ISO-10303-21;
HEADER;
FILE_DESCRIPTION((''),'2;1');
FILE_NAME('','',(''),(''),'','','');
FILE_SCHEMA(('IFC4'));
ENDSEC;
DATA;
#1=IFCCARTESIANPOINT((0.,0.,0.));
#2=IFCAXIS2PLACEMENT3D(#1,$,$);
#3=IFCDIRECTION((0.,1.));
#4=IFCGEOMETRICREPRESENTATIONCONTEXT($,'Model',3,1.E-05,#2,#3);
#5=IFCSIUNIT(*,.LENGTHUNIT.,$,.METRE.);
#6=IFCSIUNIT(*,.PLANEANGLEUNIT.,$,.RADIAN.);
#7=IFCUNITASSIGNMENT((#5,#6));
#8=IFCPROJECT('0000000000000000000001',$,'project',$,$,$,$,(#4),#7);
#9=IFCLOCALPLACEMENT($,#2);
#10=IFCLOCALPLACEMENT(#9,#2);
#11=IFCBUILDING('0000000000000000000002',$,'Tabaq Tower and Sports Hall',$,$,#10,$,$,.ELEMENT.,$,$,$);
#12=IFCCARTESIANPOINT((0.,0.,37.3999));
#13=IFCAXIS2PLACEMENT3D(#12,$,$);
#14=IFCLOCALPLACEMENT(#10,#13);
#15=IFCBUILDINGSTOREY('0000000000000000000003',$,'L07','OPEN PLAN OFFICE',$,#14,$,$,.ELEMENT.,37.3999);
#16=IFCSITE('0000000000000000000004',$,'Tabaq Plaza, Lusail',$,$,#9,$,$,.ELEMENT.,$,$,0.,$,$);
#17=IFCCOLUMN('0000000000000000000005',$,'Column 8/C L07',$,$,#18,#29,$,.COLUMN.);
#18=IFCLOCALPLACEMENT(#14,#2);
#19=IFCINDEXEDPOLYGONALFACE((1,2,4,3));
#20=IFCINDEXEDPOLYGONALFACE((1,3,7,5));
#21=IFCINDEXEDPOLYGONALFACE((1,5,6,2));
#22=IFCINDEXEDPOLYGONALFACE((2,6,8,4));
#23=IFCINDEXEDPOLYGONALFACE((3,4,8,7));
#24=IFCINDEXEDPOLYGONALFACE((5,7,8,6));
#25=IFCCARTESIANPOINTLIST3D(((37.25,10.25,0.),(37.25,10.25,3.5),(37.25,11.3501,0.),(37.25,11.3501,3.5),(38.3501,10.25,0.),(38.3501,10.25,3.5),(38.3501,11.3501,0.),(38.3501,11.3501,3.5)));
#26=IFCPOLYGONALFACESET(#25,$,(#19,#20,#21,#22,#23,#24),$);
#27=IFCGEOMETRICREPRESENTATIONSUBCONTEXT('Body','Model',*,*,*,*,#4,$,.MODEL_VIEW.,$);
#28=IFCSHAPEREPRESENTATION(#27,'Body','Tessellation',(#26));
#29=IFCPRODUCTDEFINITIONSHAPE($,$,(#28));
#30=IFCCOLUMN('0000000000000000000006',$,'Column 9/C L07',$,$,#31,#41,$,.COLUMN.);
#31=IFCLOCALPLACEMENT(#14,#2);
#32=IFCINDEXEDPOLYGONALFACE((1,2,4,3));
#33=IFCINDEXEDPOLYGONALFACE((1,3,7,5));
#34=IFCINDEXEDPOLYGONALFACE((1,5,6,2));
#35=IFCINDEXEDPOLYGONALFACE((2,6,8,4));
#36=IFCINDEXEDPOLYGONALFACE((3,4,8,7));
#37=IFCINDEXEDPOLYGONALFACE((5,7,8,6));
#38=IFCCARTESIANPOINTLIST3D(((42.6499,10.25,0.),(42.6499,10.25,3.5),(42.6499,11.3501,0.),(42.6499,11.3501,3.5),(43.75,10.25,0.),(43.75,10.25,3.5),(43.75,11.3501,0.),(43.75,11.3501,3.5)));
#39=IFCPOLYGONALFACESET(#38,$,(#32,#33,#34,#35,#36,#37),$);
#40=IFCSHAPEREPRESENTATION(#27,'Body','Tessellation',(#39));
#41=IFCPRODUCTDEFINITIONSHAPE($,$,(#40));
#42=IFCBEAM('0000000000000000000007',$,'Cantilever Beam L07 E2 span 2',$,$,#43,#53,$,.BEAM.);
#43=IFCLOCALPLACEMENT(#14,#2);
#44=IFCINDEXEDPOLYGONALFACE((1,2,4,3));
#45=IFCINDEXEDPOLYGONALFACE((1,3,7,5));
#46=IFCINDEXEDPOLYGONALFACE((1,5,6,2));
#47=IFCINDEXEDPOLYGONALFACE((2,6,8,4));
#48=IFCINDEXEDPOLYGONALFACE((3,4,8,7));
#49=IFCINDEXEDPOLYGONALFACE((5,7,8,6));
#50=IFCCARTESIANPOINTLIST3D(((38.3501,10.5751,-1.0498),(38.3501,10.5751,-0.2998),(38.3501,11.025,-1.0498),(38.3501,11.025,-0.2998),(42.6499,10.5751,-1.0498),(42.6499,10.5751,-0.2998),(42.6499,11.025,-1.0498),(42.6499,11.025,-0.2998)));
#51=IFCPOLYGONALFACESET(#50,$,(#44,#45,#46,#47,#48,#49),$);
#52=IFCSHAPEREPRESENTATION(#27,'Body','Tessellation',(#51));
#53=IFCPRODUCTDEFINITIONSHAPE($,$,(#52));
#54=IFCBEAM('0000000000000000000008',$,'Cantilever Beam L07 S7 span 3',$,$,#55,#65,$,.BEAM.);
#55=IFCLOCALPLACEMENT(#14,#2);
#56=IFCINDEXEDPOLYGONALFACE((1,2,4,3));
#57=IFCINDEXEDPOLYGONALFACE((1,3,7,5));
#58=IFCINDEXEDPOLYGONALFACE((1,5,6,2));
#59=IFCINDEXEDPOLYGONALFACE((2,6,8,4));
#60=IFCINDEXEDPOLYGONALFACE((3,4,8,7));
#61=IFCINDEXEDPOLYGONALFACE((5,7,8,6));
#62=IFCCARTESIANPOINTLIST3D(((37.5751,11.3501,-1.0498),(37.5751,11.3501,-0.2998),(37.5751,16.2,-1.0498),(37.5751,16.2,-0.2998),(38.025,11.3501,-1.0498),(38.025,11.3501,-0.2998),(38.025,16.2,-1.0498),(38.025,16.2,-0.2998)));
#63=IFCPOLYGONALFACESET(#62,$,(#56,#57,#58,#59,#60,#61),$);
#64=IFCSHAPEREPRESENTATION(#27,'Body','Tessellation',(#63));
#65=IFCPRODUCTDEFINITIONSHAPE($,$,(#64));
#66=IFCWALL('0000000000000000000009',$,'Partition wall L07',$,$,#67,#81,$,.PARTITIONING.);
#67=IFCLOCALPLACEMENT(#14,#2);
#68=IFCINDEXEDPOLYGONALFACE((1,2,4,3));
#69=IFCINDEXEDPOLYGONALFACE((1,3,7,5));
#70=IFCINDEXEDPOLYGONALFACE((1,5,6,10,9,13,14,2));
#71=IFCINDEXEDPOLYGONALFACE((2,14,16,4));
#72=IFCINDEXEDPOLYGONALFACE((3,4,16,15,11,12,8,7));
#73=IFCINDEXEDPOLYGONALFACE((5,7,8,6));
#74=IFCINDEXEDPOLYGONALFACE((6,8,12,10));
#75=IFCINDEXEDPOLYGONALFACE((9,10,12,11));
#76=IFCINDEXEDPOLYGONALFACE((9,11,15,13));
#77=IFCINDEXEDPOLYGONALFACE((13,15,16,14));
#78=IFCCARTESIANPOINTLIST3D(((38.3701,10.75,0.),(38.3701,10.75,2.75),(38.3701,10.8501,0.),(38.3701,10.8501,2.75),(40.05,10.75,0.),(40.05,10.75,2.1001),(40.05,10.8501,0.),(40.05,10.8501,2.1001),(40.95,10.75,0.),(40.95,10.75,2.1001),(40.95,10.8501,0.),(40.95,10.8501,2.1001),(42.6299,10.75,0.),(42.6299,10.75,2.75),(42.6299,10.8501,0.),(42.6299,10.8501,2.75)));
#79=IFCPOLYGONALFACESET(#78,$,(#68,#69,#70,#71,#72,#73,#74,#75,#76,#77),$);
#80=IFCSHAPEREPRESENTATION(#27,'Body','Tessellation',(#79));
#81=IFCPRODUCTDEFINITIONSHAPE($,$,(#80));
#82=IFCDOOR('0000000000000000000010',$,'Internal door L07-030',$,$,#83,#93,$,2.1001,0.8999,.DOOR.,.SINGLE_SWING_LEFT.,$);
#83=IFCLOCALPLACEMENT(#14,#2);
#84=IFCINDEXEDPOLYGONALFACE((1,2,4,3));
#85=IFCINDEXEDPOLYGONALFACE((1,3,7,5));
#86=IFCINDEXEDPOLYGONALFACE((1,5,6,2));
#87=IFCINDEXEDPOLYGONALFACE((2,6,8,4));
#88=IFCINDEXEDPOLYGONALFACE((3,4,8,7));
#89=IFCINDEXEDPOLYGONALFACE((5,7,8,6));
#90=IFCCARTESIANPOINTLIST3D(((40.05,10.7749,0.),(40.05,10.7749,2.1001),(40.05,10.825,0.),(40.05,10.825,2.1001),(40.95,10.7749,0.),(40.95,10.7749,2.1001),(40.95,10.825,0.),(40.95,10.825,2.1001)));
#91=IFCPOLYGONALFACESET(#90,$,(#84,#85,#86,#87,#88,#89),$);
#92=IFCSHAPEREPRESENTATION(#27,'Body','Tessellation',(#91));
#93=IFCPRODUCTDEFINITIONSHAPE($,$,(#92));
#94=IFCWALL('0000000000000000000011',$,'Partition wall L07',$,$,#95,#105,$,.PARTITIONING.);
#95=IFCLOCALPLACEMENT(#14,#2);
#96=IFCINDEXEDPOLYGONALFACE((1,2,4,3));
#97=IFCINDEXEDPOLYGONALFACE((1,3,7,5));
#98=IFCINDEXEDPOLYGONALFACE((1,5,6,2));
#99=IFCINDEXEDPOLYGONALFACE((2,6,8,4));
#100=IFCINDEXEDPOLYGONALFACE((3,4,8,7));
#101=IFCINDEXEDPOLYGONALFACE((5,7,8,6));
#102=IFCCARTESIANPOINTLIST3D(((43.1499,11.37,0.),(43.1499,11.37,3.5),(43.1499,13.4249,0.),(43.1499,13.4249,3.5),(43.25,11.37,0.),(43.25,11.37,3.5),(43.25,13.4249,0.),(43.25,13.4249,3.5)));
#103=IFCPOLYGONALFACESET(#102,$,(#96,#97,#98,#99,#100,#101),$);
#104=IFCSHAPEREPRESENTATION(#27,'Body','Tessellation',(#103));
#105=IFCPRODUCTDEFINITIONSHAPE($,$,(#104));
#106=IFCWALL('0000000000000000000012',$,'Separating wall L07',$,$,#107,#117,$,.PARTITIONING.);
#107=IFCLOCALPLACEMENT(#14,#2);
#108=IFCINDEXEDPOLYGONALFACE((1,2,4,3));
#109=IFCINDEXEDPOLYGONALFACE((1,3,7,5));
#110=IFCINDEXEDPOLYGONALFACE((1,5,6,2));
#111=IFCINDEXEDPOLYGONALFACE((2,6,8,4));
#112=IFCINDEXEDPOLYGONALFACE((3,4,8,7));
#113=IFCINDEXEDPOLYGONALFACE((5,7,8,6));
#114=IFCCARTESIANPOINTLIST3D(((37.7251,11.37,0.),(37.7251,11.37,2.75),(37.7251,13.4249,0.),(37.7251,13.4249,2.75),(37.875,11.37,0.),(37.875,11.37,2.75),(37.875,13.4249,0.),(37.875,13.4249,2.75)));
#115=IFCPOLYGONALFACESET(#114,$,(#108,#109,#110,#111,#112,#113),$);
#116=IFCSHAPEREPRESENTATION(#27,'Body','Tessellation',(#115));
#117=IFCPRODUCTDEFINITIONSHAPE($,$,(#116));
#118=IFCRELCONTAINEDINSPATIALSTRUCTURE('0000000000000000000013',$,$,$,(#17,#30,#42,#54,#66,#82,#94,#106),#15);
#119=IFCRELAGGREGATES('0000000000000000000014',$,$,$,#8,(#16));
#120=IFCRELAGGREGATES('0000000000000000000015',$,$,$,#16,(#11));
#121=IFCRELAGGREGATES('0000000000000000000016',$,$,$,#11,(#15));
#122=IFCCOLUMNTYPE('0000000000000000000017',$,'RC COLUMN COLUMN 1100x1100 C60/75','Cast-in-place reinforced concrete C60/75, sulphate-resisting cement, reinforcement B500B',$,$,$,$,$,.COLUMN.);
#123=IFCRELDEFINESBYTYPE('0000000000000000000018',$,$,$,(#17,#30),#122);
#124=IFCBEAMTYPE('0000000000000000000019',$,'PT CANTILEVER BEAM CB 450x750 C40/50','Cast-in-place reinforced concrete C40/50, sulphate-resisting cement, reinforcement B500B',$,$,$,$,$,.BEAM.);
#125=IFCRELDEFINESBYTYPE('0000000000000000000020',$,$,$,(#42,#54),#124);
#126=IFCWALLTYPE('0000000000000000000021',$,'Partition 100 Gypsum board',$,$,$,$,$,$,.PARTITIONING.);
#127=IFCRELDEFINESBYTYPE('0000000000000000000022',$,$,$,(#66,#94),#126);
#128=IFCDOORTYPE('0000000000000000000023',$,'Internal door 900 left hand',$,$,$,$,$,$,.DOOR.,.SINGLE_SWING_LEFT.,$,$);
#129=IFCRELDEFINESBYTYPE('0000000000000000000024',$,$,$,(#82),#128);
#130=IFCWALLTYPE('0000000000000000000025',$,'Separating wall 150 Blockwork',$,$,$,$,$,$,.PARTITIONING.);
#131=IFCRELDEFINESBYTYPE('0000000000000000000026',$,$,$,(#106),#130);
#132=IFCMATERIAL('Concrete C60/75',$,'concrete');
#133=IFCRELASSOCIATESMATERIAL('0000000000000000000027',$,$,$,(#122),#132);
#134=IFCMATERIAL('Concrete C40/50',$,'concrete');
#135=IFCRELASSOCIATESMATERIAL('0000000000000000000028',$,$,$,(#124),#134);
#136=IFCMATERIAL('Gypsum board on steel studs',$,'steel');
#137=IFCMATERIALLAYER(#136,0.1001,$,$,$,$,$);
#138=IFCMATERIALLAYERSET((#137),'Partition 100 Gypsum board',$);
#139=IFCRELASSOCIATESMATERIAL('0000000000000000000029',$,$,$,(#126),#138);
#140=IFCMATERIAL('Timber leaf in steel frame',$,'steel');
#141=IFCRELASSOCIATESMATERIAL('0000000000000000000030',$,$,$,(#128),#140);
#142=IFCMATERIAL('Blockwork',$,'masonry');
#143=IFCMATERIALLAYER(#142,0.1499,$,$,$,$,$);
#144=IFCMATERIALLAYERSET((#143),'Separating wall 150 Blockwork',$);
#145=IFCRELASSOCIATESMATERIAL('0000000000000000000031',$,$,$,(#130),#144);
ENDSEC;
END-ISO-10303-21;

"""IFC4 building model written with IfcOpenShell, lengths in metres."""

from ifc_helpers import new_model, si_unit, direction, frame, frame_2d, origin, origin_2d, place, context, subcontext, project, spatial, rectangle, extrude, material, layer, layer_set, material_profile, profile_set, type_object, element, fill, save


model = new_model("IFC4")

# Units and contexts
model_context = context("Model", 3, precision=1e-05, world=origin(), true_north=direction((0.0, 1.0)))
body_context = subcontext(model_context, "Body", "Model", "MODEL_VIEW")
ifc_project = project(units=[si_unit("LENGTHUNIT", "METRE"), si_unit("PLANEANGLEUNIT", "RADIAN")], contexts=[model_context])

# Site, building, storey
site_placement = place(None, origin())
site = spatial("IfcSite", under=ifc_project, at=site_placement, Name="Tabaq Plaza, Lusail", CompositionType="ELEMENT", RefElevation=0.0)
building_placement = place(site_placement, origin())
building = spatial("IfcBuilding", under=site, at=building_placement, Name="Tabaq Tower and Sports Hall", CompositionType="ELEMENT")
storey_placement = place(building_placement, frame((0.0, 0.0, 37.3999)))
storey = spatial("IfcBuildingStorey", under=building, at=storey_placement, Name="L07", Description="OPEN PLAN OFFICE", CompositionType="ELEMENT", Elevation=37.3999)

# Columns
ifc_material_1 = material(Name="Concrete C60/75", Category="concrete")
ifc_material_profile_1 = material_profile(ifc_material_1, rectangle(XDim=1.1001, YDim=1.1001, at=origin_2d()), Name="COLUMN 1100x1100")
ifc_profile_set_1 = profile_set([ifc_material_profile_1], Name="Concrete C60/75")
column_type = type_object("IfcColumnType", Name="RC COLUMN COLUMN 1100x1100 C60/75", Description="Cast-in-place reinforced concrete C60/75, sulphate-resisting cement, reinforcement B500B", PredefinedType="COLUMN", material=ifc_profile_set_1)
for number, where, z_axis, x_axis, name in (
    (1, (37.8, 10.8, 0.0), (0.0, 0.0, 1.0), (1.0, 0.0, 0.0), "Column 8/C L07"),
    (2, (43.2, 10.8, 0.0), (0.0, 0.0, 1.0), (1.0, 0.0, 0.0), "Column 9/C L07"),
):
    element("IfcColumn", number, at=place(storey_placement, frame(where, z_axis=z_axis, x_axis=x_axis)), inside=storey, type_object=column_type, Name=name, PredefinedType="COLUMN", context=body_context, shape_type="SweptSolid", body=[
        extrude(rectangle(XDim=1.1001, YDim=1.1001, at=origin_2d()), origin(), (0.0, 0.0, 1.0), 3.5),
    ])

# Beams
ifc_material_2 = material(Name="Concrete C40/50", Category="concrete")
ifc_material_profile_2 = material_profile(ifc_material_2, rectangle(XDim=0.45, YDim=0.75, at=origin_2d()), Name="CB 450x750")
ifc_profile_set_2 = profile_set([ifc_material_profile_2], Name="Concrete C40/50")
beam_type = type_object("IfcBeamType", Name="PT CANTILEVER BEAM CB 450x750 C40/50", Description="Cast-in-place reinforced concrete C40/50, sulphate-resisting cement, reinforcement B500B", PredefinedType="BEAM", material=ifc_profile_set_2)
beam_1_placement = place(storey_placement, frame((42.6499, 10.8, -0.6748), z_axis=(-1.0, 0.0, 0.0), x_axis=(0.0, -1.0, 0.0)))
element("IfcBeam", 3, at=beam_1_placement, inside=storey, type_object=beam_type, Name="Cantilever Beam L07 E2 span 2", PredefinedType="BEAM", context=body_context, shape_type="SweptSolid", body=[
    extrude(rectangle(XDim=0.45, YDim=0.75, at=origin_2d()), origin(), (0.0, 0.0, 1.0), 4.2998),
])
beam_2_placement = place(storey_placement, frame((37.8, 11.3501, -0.6748), z_axis=(0.0, 1.0, 0.0), x_axis=(-1.0, 0.0, 0.0)))
element("IfcBeam", 4, at=beam_2_placement, inside=storey, type_object=beam_type, Name="Cantilever Beam L07 S7 span 3", PredefinedType="BEAM", context=body_context, shape_type="SweptSolid", body=[
    extrude(rectangle(XDim=0.45, YDim=0.75, at=origin_2d()), origin(), (0.0, 0.0, 1.0), 4.8499),
])

# Wall, opening, door
ifc_material_3 = material(Name="Gypsum board on steel studs", Category="steel")
ifc_layer_1 = layer(ifc_material_3, 0.1001)
ifc_layer_set_1 = layer_set([ifc_layer_1], Name="Partition 100 Gypsum board")
wall_type_1 = type_object("IfcWallType", Name="Partition 100 Gypsum board", PredefinedType="PARTITIONING", material=ifc_layer_set_1)
wall_1_placement = place(storey_placement, frame((38.3701, 10.8, 0.0), z_axis=(0.0, 0.0, 1.0), x_axis=(1.0, 0.0, 0.0)))
wall_1 = element("IfcWall", 5, at=wall_1_placement, inside=storey, type_object=wall_type_1, Name="Partition wall L07", PredefinedType="PARTITIONING", context=body_context, shape_type="SweptSolid", body=[
    extrude(rectangle(XDim=4.2598, YDim=0.1001, at=frame_2d((2.1299, 0.0))), origin(), (0.0, 0.0, 1.0), 2.75),
])
opening_1_placement = place(wall_1_placement, frame((1.6799, 0.0, 0.0)))
opening_1 = element("IfcOpeningElement", 6, at=opening_1_placement, cuts=wall_1, PredefinedType="OPENING", context=body_context, shape_type="SweptSolid", body=[
    extrude(rectangle(XDim=0.8999, YDim=2.1001, at=frame_2d((0.45, 1.05))), frame((0.0, 0.05, 0.0), z_axis=(0.0, -1.0, 0.0), x_axis=(1.0, 0.0, 0.0)), (0.0, 0.0, 1.0), 0.1001),
])
ifc_material_4 = material(Name="Timber leaf in steel frame", Category="steel")
door_type_1 = type_object("IfcDoorType", Name="Internal door 900 left hand", OperationType="SINGLE_SWING_LEFT", PredefinedType="DOOR", material=ifc_material_4)
door_1_placement = place(opening_1_placement, origin())
door_1 = element("IfcDoor", 7, at=door_1_placement, inside=storey, type_object=door_type_1, Name="Internal door L07-030", OperationType="SINGLE_SWING_LEFT", OverallHeight=2.1001, OverallWidth=0.8999, PredefinedType="DOOR", context=body_context, shape_type="SweptSolid", body=[
    extrude(rectangle(XDim=0.8999, YDim=2.1001, at=frame_2d((0.45, 1.05))), frame((0.0, 0.0249, 0.0), z_axis=(0.0, -1.0, 0.0), x_axis=(1.0, 0.0, 0.0)), (0.0, 0.0, 1.0), 0.05),
])
fill(opening_1, door_1)

# Walls
wall_2_placement = place(storey_placement, frame((43.2, 11.3701, 0.0), z_axis=(0.0, 0.0, 1.0), x_axis=(0.0, 1.0, 0.0)))
element("IfcWall", 8, at=wall_2_placement, inside=storey, type_object=wall_type_1, Name="Partition wall L07", PredefinedType="PARTITIONING", context=body_context, shape_type="SweptSolid", body=[
    extrude(rectangle(XDim=2.0549, YDim=0.1001, at=frame_2d((1.0273, 0.0))), origin(), (0.0, 0.0, 1.0), 3.5),
])
ifc_material_5 = material(Name="Blockwork", Category="masonry")
ifc_layer_2 = layer(ifc_material_5, 0.1499)
ifc_layer_set_2 = layer_set([ifc_layer_2], Name="Separating wall 150 Blockwork")
wall_type_2 = type_object("IfcWallType", Name="Separating wall 150 Blockwork", PredefinedType="PARTITIONING", material=ifc_layer_set_2)
wall_3_placement = place(storey_placement, frame((37.8, 11.3701, 0.0), z_axis=(0.0, 0.0, 1.0), x_axis=(0.0, 1.0, 0.0)))
element("IfcWall", 9, at=wall_3_placement, inside=storey, type_object=wall_type_2, Name="Separating wall L07", PredefinedType="PARTITIONING", context=body_context, shape_type="SweptSolid", body=[
    extrude(rectangle(XDim=2.0549, YDim=0.1499, at=frame_2d((1.0273, 0.0))), origin(), (0.0, 0.0, 1.0), 2.75),
])

save(model, "model.ifc")
